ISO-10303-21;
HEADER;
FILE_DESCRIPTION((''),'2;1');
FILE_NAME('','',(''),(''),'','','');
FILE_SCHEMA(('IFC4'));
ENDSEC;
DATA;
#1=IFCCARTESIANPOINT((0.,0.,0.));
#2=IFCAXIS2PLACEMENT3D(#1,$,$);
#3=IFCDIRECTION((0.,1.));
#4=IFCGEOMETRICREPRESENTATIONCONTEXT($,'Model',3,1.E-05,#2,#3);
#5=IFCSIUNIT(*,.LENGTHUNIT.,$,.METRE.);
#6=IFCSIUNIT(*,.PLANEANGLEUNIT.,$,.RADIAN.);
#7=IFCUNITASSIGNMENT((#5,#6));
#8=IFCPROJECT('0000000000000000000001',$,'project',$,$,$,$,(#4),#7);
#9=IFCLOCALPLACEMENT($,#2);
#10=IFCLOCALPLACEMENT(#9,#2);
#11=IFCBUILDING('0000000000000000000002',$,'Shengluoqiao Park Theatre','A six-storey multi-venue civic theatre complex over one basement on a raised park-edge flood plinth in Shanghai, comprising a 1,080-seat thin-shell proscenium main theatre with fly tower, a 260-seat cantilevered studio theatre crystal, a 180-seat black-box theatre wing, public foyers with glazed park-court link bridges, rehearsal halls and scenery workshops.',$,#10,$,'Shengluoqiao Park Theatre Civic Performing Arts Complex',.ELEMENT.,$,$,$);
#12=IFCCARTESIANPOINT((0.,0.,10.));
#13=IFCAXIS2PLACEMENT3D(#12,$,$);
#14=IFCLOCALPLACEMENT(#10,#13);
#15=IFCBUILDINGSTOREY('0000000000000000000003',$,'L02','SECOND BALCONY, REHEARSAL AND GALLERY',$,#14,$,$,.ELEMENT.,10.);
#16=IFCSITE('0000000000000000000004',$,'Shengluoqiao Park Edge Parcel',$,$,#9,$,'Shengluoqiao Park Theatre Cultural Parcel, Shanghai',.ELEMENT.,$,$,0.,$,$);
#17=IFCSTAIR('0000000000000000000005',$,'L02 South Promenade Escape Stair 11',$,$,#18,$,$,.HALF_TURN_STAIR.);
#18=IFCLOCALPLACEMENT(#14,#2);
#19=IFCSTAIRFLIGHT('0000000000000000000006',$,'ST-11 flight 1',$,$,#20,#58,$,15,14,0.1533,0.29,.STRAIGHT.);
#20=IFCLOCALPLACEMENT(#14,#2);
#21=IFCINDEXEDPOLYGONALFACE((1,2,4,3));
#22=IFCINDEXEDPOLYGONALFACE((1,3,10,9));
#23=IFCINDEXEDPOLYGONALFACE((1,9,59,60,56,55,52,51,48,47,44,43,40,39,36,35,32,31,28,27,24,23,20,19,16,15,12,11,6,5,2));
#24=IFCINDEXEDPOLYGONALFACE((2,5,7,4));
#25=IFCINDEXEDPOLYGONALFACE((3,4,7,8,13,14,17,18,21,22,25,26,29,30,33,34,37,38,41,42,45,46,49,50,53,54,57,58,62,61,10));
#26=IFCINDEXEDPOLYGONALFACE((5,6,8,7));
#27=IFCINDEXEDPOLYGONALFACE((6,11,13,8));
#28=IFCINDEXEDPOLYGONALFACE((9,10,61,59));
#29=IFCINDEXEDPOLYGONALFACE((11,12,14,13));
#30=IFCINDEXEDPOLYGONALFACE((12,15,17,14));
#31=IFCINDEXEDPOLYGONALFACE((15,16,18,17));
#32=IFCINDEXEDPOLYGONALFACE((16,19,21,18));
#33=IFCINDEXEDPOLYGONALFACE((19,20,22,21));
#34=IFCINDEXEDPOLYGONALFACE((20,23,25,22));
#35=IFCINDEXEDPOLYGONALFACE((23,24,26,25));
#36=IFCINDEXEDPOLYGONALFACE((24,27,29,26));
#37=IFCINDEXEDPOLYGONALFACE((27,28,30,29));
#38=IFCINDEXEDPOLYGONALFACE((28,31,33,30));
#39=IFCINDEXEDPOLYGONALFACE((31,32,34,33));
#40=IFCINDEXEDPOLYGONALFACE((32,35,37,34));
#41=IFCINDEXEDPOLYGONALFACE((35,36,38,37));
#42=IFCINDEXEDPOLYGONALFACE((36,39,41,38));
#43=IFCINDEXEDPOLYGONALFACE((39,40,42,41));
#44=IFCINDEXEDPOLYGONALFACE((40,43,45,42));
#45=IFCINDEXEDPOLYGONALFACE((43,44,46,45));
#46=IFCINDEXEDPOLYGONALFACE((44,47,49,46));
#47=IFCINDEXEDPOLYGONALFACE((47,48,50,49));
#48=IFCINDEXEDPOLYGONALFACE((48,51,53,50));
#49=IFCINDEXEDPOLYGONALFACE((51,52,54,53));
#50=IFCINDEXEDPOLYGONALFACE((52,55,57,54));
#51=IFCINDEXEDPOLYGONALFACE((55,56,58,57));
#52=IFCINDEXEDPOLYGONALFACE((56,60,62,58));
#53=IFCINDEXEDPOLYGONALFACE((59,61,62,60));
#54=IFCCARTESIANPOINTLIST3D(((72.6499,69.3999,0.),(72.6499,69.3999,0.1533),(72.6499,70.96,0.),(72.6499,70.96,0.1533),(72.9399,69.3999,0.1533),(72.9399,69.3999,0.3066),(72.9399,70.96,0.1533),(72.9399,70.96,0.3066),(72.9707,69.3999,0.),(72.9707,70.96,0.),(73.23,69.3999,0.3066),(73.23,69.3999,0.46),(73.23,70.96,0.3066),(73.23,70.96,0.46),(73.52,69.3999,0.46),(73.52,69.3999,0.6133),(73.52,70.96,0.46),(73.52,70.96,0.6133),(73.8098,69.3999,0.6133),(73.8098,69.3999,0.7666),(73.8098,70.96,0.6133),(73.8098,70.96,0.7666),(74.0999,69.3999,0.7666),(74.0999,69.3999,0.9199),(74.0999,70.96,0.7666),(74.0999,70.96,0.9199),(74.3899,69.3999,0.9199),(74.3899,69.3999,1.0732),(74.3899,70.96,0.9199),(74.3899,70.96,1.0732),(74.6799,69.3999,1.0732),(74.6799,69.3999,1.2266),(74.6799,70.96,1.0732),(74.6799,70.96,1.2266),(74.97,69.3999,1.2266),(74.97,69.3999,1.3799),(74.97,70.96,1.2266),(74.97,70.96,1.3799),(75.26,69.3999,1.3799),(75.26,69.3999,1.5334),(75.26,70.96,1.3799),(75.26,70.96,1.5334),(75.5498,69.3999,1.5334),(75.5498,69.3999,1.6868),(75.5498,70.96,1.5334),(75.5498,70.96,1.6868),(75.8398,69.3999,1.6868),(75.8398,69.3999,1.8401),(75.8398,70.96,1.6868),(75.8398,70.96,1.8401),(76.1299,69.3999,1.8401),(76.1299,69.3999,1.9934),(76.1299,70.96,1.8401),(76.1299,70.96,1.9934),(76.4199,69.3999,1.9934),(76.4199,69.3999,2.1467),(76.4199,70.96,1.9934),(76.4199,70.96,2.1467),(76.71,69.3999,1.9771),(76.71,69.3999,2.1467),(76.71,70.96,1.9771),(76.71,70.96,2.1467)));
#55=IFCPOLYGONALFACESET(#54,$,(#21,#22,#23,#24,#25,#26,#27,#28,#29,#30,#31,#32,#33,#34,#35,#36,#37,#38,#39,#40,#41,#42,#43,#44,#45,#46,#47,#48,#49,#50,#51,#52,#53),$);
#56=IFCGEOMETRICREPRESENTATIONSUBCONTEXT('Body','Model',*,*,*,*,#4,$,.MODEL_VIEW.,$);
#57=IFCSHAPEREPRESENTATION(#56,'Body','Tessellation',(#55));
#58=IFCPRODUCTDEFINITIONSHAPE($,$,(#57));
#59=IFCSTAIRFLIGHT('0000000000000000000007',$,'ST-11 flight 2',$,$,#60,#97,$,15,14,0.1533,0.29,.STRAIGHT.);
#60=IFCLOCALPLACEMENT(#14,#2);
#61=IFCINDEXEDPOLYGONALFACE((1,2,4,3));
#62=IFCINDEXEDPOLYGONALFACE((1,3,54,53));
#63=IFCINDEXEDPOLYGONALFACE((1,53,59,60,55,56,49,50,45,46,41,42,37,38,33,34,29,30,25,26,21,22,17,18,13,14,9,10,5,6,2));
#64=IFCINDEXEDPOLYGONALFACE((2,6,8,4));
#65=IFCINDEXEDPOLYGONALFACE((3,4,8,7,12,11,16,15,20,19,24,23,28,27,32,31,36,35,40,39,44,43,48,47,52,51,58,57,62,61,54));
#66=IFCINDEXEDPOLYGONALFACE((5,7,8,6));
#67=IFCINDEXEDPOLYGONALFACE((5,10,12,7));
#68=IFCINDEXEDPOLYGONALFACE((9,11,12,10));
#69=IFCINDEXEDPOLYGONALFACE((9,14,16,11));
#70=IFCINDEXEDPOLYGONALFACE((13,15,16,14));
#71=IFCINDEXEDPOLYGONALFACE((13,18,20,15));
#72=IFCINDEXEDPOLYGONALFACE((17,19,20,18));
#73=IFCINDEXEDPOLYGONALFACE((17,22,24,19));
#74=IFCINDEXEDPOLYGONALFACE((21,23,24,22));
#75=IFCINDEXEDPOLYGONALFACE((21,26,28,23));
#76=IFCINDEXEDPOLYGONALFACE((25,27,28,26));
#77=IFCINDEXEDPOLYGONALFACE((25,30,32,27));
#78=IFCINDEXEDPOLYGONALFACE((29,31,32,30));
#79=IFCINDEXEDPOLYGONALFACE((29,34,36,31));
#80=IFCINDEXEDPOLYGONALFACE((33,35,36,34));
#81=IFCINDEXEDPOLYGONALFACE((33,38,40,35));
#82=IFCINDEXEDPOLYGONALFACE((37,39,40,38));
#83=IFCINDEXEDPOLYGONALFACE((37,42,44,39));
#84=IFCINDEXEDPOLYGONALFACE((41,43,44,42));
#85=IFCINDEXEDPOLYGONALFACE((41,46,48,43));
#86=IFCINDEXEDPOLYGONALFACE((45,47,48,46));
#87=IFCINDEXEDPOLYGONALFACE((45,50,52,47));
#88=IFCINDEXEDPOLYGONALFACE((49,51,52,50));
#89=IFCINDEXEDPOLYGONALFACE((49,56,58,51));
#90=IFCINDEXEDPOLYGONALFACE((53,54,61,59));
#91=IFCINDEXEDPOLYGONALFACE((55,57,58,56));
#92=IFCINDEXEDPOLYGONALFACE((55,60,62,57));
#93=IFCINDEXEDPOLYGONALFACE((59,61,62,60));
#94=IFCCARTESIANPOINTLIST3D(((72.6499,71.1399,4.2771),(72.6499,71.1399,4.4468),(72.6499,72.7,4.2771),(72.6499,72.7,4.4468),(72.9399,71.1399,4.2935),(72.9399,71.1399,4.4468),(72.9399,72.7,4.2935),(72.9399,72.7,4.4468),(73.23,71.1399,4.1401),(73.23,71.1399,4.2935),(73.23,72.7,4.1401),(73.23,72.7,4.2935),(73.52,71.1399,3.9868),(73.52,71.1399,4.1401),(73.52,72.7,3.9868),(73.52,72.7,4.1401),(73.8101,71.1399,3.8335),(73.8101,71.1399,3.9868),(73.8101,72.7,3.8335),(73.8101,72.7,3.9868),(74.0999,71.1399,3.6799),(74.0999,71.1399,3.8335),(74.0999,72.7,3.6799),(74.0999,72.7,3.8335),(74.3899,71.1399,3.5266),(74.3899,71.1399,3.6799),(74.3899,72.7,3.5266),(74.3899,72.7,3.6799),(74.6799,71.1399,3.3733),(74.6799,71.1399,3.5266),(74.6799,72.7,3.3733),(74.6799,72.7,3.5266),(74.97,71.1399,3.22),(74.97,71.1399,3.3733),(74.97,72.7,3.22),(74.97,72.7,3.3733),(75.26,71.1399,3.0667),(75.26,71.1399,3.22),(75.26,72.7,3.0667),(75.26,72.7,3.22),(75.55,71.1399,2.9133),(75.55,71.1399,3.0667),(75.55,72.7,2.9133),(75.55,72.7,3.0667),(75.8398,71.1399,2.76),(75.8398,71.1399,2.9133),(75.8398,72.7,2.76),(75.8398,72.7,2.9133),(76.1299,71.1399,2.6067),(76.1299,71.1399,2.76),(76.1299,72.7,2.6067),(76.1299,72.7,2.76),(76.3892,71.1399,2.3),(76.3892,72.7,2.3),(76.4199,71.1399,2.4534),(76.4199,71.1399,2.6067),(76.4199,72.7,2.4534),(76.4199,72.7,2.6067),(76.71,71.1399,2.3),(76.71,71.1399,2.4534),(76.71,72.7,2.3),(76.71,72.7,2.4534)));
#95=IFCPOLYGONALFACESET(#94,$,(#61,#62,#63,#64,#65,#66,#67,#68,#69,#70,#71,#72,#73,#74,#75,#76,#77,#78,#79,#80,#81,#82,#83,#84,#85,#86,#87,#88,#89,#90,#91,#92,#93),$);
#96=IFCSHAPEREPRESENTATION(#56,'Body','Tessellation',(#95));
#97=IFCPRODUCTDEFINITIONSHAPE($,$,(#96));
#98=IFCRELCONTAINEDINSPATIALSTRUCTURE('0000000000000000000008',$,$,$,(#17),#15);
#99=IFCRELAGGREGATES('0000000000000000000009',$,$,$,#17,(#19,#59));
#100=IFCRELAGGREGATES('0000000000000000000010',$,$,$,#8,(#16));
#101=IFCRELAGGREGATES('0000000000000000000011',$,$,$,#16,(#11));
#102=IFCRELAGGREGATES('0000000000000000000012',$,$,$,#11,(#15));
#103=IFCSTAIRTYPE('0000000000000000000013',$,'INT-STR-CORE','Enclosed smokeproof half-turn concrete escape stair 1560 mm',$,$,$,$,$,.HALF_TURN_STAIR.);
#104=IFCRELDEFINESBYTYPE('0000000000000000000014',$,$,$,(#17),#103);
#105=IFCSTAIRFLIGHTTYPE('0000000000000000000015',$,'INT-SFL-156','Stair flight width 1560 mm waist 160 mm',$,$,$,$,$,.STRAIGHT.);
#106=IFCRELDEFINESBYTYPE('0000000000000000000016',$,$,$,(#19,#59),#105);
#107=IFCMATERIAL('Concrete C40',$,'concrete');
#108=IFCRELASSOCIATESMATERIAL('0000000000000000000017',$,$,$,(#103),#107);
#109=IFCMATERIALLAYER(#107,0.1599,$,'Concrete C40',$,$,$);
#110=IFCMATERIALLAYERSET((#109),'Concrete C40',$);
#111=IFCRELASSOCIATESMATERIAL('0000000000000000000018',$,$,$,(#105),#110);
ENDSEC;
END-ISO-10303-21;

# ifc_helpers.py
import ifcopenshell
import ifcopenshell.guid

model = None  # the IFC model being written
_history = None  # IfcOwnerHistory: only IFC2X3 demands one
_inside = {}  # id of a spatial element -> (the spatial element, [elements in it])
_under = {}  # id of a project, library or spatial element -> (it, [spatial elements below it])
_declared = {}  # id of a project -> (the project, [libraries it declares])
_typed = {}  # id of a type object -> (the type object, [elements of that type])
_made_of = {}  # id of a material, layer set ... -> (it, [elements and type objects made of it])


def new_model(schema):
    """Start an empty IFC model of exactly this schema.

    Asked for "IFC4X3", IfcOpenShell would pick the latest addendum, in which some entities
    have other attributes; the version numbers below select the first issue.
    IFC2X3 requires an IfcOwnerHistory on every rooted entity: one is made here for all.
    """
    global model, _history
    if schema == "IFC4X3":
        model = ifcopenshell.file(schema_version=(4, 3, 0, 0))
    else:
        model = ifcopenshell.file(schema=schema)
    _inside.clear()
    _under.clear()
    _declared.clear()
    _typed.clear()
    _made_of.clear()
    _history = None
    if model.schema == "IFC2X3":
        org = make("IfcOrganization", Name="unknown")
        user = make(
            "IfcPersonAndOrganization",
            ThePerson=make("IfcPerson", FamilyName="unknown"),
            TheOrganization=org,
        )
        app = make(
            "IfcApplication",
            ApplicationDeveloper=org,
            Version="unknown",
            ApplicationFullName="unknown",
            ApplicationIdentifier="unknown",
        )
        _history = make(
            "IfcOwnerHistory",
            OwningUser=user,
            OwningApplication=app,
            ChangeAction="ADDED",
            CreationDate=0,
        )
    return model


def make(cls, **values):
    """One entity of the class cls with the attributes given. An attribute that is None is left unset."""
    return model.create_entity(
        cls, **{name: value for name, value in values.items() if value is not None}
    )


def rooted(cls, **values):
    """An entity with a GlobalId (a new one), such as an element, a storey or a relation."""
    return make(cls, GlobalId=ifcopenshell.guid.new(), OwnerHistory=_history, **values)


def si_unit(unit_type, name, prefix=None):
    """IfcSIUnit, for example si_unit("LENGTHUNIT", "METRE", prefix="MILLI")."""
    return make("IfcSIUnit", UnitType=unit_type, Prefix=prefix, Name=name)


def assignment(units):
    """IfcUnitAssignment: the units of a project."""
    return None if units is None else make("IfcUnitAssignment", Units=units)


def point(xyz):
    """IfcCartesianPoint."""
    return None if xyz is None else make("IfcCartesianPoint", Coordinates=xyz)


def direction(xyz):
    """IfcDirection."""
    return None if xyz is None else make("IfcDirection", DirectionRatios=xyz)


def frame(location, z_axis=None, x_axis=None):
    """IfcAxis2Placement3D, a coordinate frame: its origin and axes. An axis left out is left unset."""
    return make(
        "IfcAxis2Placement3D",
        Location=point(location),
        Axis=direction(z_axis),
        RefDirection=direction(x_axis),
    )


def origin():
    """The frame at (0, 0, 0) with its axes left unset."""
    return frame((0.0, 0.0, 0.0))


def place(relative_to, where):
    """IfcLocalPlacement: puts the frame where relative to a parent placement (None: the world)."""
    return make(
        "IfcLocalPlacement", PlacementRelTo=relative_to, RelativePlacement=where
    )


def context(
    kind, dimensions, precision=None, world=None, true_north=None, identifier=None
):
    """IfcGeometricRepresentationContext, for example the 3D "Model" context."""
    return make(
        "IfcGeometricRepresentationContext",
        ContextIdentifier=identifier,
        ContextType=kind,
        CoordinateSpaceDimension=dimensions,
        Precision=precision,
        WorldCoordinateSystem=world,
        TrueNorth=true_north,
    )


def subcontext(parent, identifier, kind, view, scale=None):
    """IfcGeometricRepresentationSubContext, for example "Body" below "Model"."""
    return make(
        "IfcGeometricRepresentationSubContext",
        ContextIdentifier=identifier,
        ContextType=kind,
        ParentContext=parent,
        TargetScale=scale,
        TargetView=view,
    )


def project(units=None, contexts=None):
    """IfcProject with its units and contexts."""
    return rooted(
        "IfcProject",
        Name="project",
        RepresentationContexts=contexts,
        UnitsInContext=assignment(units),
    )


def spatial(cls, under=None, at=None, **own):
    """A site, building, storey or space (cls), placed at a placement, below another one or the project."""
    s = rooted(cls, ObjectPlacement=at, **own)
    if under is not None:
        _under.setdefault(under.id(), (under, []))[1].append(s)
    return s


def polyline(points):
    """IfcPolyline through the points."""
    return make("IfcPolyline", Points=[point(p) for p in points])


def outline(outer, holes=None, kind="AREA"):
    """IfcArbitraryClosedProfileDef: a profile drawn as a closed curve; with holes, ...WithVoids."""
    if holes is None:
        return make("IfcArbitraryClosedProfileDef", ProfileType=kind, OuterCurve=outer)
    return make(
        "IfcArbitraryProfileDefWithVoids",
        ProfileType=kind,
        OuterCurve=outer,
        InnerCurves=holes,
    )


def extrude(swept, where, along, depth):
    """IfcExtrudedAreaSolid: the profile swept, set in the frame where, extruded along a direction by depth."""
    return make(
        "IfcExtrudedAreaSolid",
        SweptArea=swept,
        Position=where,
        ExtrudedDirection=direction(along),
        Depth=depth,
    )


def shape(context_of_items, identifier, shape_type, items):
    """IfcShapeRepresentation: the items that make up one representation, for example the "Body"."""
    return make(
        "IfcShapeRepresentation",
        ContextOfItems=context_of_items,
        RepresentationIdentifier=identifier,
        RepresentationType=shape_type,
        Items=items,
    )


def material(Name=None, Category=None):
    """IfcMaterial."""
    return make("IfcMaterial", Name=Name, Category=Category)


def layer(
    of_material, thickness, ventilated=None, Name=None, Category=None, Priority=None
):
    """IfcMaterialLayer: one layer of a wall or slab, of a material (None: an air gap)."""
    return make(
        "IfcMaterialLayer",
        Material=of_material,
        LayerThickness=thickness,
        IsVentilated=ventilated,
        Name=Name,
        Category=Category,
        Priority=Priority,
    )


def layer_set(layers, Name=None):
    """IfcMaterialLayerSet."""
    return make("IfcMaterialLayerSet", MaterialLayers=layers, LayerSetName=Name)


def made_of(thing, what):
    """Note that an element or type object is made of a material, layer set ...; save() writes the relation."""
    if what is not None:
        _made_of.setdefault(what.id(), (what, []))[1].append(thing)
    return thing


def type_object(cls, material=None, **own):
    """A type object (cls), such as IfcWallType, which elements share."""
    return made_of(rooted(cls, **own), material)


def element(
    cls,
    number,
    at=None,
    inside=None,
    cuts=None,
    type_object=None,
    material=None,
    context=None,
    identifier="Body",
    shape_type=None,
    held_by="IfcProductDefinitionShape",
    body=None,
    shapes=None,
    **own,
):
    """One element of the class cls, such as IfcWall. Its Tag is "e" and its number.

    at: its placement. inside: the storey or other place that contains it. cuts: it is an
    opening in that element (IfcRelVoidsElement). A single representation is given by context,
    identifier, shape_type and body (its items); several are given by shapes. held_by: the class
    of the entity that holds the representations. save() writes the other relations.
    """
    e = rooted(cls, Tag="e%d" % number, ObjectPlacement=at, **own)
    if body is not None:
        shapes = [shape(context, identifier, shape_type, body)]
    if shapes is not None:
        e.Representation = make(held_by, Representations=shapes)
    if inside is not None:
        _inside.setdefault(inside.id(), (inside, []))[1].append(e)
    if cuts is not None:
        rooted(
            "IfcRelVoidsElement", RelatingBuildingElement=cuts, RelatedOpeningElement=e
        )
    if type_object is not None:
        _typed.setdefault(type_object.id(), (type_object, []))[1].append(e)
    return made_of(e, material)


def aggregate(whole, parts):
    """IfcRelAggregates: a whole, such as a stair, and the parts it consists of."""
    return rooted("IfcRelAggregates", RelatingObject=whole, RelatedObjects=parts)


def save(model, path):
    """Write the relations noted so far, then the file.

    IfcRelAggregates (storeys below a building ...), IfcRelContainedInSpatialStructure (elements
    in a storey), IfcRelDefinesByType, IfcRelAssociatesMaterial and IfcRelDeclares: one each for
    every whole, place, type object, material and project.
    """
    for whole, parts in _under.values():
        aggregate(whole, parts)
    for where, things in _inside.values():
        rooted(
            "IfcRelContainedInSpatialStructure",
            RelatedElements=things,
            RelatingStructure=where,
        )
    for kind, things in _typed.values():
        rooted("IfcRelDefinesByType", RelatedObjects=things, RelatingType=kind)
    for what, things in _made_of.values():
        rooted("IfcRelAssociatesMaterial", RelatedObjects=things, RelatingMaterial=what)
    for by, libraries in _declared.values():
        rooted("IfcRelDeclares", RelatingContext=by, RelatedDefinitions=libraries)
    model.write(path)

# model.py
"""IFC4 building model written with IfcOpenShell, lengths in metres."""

from ifc_helpers import new_model, si_unit, direction, frame, origin, place, context, subcontext, project, spatial, polyline, outline, extrude, material, layer, layer_set, type_object, element, aggregate, save


model = new_model("IFC4")

# Units and contexts
model_context = context("Model", 3, precision=1e-05, world=origin(), true_north=direction((0.0, 1.0)))
body_context = subcontext(model_context, "Body", "Model", "MODEL_VIEW")
ifc_project = project(units=[si_unit("LENGTHUNIT", "METRE"), si_unit("PLANEANGLEUNIT", "RADIAN")], contexts=[model_context])

# Site, building, storey
site_placement = place(None, origin())
site = spatial("IfcSite", under=ifc_project, at=site_placement, Name="Shengluoqiao Park Edge Parcel", LongName="Shengluoqiao Park Theatre Cultural Parcel, Shanghai", CompositionType="ELEMENT", RefElevation=0.0)
building_placement = place(site_placement, origin())
building = spatial("IfcBuilding", under=site, at=building_placement, Name="Shengluoqiao Park Theatre", Description="A six-storey multi-venue civic theatre complex over one basement on a raised park-edge flood plinth in Shanghai, comprising a 1,080-seat thin-shell proscenium main theatre with fly tower, a 260-seat cantilevered studio theatre crystal, a 180-seat black-box theatre wing, public foyers with glazed park-court link bridges, rehearsal halls and scenery workshops.", LongName="Shengluoqiao Park Theatre Civic Performing Arts Complex", CompositionType="ELEMENT")
storey_placement = place(building_placement, frame((0.0, 0.0, 10.0)))
storey = spatial("IfcBuildingStorey", under=building, at=storey_placement, Name="L02", Description="SECOND BALCONY, REHEARSAL AND GALLERY", CompositionType="ELEMENT", Elevation=10.0)

# Shared definitions
ifc_material_1 = material(Name="Concrete C40", Category="concrete")

# Stair, stair flights
stair_type = type_object("IfcStairType", Name="INT-STR-CORE", Description="Enclosed smokeproof half-turn concrete escape stair 1560 mm", PredefinedType="HALF_TURN_STAIR", material=ifc_material_1)
stair_placement = place(storey_placement, origin())
stair = element("IfcStair", 1, at=stair_placement, inside=storey, type_object=stair_type, Name="L02 South Promenade Escape Stair 11", PredefinedType="HALF_TURN_STAIR")
ifc_layer_1 = layer(ifc_material_1, 0.1599, Name="Concrete C40")
ifc_layer_set_1 = layer_set([ifc_layer_1], Name="Concrete C40")
stair_flight_type = type_object("IfcStairFlightType", Name="INT-SFL-156", Description="Stair flight width 1560 mm waist 160 mm", PredefinedType="STRAIGHT", material=ifc_layer_set_1)
stair_flight_1_placement = place(storey_placement, frame((72.6499, 70.1799, 0.0), z_axis=(0.0, 0.0, 1.0), x_axis=(1.0, 0.0, 0.0)))
stair_flight_1 = element("IfcStairFlight", 2, at=stair_flight_1_placement, type_object=stair_flight_type, Name="ST-11 flight 1", NumberOfRisers=15, NumberOfTreads=14, PredefinedType="STRAIGHT", RiserHeight=0.1533, TreadLength=0.29, context=body_context, shape_type="SweptSolid", body=[
    extrude(outline(polyline([(0.0, 0.0), (0.0, 0.1533), (0.29, 0.1533), (0.29, 0.3066), (0.5801, 0.3066), (0.5801, 0.46), (0.8701, 0.46), (0.8701, 0.6133), (1.1599, 0.6133), (1.1599, 0.7666), (1.45, 0.7666), (1.45, 0.9199), (1.74, 0.9199), (1.74, 1.0732), (2.03, 1.0732), (2.03, 1.2266), (2.3201, 1.2266), (2.3201, 1.3799), (2.6101, 1.3799), (2.6101, 1.5334), (2.8999, 1.5334), (2.8999, 1.6868), (3.1899, 1.6868), (3.1899, 1.8401), (3.48, 1.8401), (3.48, 1.9934), (3.77, 1.9934), (3.77, 2.1467), (4.0601, 2.1467), (4.0601, 2.3), (4.0601, 1.9771), (0.3208, 0.0), (0.0, 0.0)])), frame((0.0, 0.78, 0.0), z_axis=(0.0, -1.0, 0.0), x_axis=(1.0, 0.0, 0.0)), (0.0, 0.0, 1.0), 1.5601),
])
stair_flight_2_placement = place(storey_placement, frame((76.71, 71.9199, 2.3), z_axis=(0.0, 0.0, 1.0), x_axis=(-1.0, 0.0, 0.0)))
stair_flight_2 = element("IfcStairFlight", 3, at=stair_flight_2_placement, type_object=stair_flight_type, Name="ST-11 flight 2", NumberOfRisers=15, NumberOfTreads=14, PredefinedType="STRAIGHT", RiserHeight=0.1533, TreadLength=0.29, context=body_context, shape_type="SweptSolid", body=[
    extrude(outline(polyline([(0.0, 0.0), (0.0, 0.1533), (0.29, 0.1533), (0.29, 0.3066), (0.5801, 0.3066), (0.5801, 0.46), (0.8701, 0.46), (0.8701, 0.6133), (1.1599, 0.6133), (1.1599, 0.7666), (1.45, 0.7666), (1.45, 0.9199), (1.74, 0.9199), (1.74, 1.0732), (2.03, 1.0732), (2.03, 1.2266), (2.3201, 1.2266), (2.3201, 1.3799), (2.6101, 1.3799), (2.6101, 1.5334), (2.8999, 1.5334), (2.8999, 1.6868), (3.1899, 1.6868), (3.1899, 1.8401), (3.48, 1.8401), (3.48, 1.9934), (3.77, 1.9934), (3.77, 2.1467), (4.0601, 2.1467), (4.0601, 2.3), (4.0601, 1.9771), (0.3208, 0.0), (0.0, 0.0)])), frame((0.0, 0.78, 0.0), z_axis=(0.0, -1.0, 0.0), x_axis=(1.0, 0.0, 0.0)), (0.0, 0.0, 1.0), 1.5601),
])
aggregate(stair, [stair_flight_1, stair_flight_2])

save(model, "model.ifc")
